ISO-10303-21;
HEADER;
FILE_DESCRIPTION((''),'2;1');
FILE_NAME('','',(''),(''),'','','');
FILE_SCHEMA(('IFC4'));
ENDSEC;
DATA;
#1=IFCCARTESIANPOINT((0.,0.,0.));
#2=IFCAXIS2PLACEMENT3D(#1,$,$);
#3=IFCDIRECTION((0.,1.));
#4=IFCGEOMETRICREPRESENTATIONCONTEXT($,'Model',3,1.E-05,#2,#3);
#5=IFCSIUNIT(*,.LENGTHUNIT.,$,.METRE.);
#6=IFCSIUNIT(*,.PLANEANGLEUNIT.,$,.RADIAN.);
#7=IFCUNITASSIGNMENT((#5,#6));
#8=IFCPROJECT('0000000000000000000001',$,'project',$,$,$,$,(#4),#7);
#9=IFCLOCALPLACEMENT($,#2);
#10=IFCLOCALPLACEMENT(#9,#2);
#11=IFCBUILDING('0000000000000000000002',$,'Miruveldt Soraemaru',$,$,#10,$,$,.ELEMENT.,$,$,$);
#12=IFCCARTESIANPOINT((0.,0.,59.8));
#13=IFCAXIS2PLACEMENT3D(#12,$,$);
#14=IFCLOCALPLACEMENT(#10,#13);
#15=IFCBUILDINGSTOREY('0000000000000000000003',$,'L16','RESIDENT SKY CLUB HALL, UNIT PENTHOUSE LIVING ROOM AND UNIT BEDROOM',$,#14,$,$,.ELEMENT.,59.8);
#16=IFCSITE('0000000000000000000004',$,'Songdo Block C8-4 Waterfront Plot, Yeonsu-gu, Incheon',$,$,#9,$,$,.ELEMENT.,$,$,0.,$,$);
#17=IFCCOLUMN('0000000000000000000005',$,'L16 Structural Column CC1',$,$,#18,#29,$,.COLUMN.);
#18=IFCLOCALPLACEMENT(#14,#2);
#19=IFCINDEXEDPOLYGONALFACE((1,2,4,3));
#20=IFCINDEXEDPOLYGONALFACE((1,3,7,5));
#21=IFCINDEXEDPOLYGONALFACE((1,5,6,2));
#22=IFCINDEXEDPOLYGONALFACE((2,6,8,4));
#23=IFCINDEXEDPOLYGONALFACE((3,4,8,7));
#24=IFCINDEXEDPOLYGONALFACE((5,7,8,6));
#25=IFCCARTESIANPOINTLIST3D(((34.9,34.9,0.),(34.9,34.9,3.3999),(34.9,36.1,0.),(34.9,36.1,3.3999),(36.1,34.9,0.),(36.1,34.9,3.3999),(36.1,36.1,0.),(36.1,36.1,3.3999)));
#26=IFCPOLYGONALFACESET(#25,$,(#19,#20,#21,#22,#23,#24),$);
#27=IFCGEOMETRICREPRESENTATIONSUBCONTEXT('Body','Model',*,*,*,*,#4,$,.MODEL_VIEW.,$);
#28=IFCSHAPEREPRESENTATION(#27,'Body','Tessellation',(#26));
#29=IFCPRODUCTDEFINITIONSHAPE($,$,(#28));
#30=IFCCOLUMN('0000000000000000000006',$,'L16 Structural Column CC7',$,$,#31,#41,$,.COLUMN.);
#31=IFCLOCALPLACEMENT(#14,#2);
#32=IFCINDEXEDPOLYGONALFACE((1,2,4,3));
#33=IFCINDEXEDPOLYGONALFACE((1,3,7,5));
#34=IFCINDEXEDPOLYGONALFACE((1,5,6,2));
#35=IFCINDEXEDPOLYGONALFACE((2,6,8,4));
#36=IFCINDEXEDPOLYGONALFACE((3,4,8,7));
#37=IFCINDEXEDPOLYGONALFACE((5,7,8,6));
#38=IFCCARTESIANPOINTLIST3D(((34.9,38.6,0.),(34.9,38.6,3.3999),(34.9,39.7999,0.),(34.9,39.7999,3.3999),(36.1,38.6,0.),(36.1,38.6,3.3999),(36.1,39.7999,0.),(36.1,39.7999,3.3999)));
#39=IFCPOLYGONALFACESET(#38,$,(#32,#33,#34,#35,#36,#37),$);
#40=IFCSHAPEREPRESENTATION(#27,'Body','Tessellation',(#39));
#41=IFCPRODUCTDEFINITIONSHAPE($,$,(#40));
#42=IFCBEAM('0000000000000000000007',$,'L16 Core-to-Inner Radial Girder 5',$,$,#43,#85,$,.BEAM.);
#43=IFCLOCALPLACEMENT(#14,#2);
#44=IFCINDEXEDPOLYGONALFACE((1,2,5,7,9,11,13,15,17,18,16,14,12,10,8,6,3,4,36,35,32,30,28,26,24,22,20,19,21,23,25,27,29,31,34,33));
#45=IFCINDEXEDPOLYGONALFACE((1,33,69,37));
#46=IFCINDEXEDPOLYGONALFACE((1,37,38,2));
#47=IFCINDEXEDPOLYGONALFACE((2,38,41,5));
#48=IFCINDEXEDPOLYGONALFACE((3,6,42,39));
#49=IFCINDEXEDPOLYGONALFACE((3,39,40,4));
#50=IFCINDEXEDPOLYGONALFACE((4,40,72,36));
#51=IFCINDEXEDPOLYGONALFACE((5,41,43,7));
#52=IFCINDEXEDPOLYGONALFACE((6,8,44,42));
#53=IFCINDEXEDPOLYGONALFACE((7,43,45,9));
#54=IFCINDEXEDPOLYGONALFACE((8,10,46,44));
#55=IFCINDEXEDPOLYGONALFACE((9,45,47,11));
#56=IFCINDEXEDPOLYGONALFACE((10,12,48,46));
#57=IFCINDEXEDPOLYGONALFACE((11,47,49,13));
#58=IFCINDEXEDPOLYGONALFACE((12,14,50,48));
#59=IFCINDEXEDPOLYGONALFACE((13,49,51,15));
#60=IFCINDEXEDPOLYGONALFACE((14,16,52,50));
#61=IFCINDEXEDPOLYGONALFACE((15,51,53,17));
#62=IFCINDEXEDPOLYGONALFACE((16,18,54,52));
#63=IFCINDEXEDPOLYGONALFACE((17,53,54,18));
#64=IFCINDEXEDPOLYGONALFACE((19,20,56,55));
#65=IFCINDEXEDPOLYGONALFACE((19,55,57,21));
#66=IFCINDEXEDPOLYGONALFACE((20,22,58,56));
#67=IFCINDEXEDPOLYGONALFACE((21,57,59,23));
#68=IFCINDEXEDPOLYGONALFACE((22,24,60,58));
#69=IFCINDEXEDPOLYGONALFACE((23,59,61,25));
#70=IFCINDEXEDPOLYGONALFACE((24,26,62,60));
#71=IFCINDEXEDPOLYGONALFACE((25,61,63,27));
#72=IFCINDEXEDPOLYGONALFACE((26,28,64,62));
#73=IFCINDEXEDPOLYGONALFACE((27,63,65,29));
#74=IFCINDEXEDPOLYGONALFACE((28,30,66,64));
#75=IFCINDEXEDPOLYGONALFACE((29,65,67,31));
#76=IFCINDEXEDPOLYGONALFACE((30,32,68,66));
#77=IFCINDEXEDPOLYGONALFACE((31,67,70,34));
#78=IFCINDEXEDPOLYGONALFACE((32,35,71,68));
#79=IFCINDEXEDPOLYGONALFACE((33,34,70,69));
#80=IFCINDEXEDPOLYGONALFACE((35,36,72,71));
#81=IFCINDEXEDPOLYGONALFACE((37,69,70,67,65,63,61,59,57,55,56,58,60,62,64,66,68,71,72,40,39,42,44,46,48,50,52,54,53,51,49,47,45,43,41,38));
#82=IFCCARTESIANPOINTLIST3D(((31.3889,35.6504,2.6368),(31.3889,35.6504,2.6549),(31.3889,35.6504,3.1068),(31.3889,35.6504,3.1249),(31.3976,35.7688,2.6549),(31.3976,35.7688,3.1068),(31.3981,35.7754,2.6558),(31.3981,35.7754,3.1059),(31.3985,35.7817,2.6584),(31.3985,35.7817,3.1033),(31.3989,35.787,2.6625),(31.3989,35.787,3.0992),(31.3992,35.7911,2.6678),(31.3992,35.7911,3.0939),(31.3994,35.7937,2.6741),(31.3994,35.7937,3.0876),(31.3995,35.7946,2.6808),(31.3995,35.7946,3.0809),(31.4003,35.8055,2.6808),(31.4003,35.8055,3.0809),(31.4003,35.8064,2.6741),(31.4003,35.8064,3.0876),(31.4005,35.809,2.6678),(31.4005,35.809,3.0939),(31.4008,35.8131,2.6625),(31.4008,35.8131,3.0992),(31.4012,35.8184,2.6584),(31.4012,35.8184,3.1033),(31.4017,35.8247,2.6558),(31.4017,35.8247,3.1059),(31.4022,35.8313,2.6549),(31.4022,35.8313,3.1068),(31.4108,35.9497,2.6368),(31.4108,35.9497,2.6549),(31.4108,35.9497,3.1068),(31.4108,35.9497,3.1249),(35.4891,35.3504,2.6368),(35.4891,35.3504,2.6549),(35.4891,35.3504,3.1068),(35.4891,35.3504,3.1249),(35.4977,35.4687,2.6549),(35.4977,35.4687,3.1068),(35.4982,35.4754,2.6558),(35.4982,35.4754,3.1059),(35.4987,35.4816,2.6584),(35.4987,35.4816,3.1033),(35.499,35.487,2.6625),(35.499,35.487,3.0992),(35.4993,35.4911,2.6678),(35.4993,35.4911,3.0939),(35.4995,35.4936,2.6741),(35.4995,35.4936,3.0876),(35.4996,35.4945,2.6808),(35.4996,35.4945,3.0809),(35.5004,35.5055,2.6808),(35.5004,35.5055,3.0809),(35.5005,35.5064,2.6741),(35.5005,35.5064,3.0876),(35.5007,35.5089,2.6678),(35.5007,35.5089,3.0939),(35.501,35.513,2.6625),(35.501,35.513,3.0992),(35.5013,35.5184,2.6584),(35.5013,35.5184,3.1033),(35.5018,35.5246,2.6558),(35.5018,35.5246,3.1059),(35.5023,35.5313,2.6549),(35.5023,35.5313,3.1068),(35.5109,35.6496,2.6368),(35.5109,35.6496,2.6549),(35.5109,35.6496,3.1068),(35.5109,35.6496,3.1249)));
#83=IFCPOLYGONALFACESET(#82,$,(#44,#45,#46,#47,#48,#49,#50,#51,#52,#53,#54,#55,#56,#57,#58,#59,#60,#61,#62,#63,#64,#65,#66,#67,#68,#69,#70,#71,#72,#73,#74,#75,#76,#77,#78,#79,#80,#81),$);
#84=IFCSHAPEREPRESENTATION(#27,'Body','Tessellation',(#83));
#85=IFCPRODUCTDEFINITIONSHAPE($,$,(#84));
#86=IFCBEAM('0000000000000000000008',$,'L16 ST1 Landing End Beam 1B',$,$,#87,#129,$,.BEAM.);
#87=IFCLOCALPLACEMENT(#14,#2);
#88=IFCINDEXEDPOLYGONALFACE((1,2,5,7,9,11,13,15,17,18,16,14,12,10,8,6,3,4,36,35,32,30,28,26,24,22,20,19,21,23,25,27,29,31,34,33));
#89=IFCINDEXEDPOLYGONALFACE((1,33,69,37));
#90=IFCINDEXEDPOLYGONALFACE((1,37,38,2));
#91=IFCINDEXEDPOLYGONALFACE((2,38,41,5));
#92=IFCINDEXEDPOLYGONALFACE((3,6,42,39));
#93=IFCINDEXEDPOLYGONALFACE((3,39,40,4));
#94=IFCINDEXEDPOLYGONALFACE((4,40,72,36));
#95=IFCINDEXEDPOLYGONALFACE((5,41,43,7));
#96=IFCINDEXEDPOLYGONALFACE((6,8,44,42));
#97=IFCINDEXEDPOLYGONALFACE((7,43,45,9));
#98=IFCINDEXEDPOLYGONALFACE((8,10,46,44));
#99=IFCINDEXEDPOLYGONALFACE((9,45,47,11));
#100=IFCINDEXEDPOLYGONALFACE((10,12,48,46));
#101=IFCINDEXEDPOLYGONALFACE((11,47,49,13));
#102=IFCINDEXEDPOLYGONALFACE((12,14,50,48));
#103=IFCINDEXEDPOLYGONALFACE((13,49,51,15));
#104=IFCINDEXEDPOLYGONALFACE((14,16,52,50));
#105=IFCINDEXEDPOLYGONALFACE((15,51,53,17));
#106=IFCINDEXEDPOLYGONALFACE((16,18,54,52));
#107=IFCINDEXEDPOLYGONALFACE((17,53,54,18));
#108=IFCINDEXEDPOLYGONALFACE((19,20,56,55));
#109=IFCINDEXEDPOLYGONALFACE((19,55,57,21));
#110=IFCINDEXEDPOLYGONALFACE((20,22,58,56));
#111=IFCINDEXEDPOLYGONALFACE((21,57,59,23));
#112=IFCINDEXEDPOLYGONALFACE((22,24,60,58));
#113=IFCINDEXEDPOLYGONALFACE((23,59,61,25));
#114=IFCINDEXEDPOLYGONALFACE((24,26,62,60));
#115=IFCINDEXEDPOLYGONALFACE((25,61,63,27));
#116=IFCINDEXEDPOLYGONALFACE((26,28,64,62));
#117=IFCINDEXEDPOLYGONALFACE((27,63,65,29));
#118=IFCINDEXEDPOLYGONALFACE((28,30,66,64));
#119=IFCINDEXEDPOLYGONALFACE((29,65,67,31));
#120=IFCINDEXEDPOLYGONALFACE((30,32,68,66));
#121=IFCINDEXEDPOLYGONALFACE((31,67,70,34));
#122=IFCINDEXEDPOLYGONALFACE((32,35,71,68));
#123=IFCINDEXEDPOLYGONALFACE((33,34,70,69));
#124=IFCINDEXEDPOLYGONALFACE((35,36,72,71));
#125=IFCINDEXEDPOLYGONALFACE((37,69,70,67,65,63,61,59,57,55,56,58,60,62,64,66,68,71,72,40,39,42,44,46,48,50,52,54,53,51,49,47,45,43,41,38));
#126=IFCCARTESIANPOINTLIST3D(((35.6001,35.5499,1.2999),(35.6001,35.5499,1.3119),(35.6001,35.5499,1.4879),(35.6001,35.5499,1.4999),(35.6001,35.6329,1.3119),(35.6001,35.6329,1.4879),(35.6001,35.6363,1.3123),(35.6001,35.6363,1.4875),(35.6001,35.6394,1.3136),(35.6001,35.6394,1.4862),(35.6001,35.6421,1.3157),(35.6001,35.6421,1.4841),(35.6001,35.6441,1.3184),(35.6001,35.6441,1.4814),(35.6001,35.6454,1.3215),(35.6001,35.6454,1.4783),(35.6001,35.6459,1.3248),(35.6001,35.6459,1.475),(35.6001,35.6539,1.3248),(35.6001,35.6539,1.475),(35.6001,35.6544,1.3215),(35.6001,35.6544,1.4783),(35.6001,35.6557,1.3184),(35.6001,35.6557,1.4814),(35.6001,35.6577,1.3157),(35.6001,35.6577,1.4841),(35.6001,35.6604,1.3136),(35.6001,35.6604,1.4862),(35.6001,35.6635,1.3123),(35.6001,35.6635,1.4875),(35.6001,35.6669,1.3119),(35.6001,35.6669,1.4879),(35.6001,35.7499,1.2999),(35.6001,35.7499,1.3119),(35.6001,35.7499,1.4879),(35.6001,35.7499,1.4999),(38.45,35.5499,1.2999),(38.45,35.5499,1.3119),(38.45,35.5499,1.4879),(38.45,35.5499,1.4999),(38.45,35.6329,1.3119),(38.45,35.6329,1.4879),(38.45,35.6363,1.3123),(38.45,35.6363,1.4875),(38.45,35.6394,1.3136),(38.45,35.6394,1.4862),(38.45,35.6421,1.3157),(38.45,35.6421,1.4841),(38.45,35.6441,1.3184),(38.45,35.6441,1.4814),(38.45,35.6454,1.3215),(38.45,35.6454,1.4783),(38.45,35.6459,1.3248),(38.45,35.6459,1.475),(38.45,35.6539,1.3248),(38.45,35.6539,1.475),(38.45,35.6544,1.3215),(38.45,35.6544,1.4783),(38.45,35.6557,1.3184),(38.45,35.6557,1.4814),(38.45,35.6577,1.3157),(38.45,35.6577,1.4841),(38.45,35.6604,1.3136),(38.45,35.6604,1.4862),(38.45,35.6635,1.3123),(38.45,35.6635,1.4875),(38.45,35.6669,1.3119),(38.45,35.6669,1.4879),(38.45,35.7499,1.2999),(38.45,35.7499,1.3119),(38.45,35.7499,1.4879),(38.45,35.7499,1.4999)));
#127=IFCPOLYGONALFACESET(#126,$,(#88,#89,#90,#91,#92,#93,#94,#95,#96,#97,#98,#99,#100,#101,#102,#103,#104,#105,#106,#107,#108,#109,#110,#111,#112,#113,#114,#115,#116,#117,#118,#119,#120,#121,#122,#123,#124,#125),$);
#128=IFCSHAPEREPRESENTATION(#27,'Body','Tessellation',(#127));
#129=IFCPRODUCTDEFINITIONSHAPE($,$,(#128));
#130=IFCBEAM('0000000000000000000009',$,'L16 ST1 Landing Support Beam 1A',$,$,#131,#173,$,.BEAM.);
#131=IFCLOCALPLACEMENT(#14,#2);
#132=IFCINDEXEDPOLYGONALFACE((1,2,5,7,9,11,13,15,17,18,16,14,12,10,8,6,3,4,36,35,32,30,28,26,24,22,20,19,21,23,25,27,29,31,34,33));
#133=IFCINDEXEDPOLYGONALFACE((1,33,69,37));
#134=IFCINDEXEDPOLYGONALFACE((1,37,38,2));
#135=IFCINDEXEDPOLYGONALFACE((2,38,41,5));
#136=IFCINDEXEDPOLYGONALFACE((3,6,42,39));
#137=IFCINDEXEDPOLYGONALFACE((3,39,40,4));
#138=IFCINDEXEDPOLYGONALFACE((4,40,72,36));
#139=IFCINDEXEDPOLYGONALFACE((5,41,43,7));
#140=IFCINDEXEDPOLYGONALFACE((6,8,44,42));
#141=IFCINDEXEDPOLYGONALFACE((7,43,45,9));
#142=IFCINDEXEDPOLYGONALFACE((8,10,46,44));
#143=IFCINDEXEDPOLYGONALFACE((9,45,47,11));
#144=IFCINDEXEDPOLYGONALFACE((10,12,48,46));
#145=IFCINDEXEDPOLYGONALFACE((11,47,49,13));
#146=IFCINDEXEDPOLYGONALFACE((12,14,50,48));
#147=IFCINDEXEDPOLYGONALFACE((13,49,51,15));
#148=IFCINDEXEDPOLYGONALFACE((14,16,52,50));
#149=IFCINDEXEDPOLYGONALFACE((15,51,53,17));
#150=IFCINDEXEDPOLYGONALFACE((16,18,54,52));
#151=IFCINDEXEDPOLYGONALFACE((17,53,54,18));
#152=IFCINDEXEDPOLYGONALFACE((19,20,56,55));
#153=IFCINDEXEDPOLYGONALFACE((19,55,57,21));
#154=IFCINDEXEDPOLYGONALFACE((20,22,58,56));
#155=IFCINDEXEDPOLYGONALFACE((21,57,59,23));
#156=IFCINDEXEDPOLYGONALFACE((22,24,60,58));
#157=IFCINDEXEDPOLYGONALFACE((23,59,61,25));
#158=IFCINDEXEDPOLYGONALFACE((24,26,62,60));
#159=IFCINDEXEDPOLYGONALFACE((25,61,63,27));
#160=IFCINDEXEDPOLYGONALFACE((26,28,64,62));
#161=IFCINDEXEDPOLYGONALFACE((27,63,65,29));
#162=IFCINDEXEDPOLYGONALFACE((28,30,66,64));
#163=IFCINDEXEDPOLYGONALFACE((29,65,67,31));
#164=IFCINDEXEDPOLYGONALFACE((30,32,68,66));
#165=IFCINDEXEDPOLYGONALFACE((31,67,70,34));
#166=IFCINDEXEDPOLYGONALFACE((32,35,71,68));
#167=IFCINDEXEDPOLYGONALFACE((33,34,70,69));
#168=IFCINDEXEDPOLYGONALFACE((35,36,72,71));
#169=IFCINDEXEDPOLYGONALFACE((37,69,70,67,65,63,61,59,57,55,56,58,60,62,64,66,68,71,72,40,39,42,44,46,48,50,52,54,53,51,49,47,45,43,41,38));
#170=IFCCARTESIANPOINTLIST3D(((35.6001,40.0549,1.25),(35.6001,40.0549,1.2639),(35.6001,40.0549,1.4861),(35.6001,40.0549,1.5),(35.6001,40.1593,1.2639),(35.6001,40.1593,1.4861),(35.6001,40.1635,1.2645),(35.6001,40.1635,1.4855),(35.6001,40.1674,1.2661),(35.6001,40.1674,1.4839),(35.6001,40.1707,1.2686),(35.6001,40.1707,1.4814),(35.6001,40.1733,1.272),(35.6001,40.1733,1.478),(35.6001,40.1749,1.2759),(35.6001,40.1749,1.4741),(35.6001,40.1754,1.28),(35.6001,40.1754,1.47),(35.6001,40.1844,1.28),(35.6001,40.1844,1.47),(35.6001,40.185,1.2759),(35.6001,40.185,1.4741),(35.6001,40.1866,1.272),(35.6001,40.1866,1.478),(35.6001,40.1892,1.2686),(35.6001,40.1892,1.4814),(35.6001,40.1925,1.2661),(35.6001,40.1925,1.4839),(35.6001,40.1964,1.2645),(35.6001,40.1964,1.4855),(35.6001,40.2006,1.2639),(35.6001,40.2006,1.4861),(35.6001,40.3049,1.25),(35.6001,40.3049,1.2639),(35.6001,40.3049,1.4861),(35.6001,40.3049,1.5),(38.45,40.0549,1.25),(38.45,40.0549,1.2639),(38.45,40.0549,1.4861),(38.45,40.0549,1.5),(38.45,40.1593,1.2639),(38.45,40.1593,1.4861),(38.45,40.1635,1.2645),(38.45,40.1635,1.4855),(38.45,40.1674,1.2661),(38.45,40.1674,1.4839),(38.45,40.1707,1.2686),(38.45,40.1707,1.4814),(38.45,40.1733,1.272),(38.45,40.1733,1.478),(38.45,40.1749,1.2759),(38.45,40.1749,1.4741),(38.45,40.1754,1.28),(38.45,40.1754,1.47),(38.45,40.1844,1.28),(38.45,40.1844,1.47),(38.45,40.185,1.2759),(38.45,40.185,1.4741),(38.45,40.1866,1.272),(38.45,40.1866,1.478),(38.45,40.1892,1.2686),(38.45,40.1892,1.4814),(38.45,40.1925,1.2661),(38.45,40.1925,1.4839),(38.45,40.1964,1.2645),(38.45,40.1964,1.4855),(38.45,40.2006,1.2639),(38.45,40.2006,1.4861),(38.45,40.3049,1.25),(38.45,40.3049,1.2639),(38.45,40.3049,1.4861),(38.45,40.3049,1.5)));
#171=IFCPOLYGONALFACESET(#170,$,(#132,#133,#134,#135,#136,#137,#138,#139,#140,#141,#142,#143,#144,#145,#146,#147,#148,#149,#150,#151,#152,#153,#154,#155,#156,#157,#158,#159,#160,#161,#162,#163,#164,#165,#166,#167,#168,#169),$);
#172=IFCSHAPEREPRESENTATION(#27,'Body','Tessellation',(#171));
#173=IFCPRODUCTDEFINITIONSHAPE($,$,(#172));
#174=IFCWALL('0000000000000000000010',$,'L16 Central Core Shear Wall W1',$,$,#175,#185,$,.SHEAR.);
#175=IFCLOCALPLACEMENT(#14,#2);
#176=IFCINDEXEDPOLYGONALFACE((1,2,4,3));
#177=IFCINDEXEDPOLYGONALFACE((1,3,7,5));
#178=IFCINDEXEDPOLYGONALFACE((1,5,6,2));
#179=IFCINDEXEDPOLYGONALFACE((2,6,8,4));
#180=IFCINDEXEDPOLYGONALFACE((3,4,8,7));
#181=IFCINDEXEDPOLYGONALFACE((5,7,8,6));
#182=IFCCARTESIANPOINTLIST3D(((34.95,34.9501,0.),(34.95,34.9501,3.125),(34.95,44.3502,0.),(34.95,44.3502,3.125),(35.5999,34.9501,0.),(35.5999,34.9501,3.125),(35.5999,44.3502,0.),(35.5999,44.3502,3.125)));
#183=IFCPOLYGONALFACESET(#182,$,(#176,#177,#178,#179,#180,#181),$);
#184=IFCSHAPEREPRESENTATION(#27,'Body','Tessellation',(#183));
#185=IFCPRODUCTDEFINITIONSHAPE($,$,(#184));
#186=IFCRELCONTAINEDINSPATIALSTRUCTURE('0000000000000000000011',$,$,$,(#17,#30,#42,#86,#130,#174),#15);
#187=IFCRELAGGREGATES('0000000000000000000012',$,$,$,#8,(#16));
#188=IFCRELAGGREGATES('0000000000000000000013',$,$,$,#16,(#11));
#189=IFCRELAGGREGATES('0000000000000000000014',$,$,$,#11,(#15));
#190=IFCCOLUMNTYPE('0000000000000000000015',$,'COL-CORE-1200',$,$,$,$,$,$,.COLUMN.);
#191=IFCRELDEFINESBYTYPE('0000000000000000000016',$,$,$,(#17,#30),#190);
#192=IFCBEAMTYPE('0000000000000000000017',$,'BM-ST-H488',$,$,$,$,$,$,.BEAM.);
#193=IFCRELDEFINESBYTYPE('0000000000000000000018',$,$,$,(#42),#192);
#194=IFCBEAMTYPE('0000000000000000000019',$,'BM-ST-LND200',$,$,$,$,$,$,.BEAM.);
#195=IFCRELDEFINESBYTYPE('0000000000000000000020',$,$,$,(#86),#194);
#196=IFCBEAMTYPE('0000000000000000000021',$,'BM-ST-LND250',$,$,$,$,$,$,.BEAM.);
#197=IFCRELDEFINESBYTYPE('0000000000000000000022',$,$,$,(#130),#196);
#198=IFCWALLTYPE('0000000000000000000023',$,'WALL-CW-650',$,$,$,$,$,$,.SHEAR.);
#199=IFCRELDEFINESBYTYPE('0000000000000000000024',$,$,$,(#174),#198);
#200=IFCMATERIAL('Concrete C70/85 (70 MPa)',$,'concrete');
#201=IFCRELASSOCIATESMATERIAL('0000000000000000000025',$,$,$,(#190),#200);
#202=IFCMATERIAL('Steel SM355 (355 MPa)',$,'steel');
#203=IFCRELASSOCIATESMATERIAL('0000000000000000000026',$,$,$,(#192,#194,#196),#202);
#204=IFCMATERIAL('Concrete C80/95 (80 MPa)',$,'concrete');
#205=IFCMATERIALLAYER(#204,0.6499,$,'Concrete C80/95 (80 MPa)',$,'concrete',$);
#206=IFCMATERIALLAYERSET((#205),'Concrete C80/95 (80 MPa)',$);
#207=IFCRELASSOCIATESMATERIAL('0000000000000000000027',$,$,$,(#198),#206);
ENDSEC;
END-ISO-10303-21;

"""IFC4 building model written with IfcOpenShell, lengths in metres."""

from ifc_helpers import new_model, si_unit, direction, frame, frame_2d, origin, origin_2d, place, context, subcontext, project, spatial, rectangle, i_section, extrude, material, layer, layer_set, material_profile, profile_set, type_object, element, save


model = new_model("IFC4")

# Units and contexts
model_context = context("Model", 3, precision=1e-05, world=origin(), true_north=direction((0.0, 1.0)))
body_context = subcontext(model_context, "Body", "Model", "MODEL_VIEW")
ifc_project = project(units=[si_unit("LENGTHUNIT", "METRE"), si_unit("PLANEANGLEUNIT", "RADIAN")], contexts=[model_context])

# Site, building, storey
site_placement = place(None, origin())
site = spatial("IfcSite", under=ifc_project, at=site_placement, Name="Songdo Block C8-4 Waterfront Plot, Yeonsu-gu, Incheon", CompositionType="ELEMENT", RefElevation=0.0)
building_placement = place(site_placement, origin())
building = spatial("IfcBuilding", under=site, at=building_placement, Name="Miruveldt Soraemaru", CompositionType="ELEMENT")
storey_placement = place(building_placement, frame((0.0, 0.0, 59.8)))
storey = spatial("IfcBuildingStorey", under=building, at=storey_placement, Name="L16", Description="RESIDENT SKY CLUB HALL, UNIT PENTHOUSE LIVING ROOM AND UNIT BEDROOM", CompositionType="ELEMENT", Elevation=59.8)

# Columns
ifc_material_1 = material(Name="Concrete C70/85 (70 MPa)", Category="concrete")
ifc_material_profile_1 = material_profile(ifc_material_1, rectangle(XDim=1.2, YDim=1.2, at=origin_2d()), Name="Concrete C70/85 (70 MPa)", Category="concrete")
ifc_profile_set_1 = profile_set([ifc_material_profile_1], Name="Concrete C70/85 (70 MPa)")
column_type = type_object("IfcColumnType", Name="COL-CORE-1200", PredefinedType="COLUMN", material=ifc_profile_set_1)
for number, where, z_axis, x_axis, name in (
    (1, (35.5, 35.5, 0.0), (0.0, 0.0, 1.0), (1.0, 0.0, 0.0), "L16 Structural Column CC1"),
    (2, (35.5, 39.2, 0.0), (0.0, 0.0, 1.0), (1.0, 0.0, 0.0), "L16 Structural Column CC7"),
):
    element("IfcColumn", number, at=place(storey_placement, frame(where, z_axis=z_axis, x_axis=x_axis)), inside=storey, type_object=column_type, Name=name, PredefinedType="COLUMN", context=body_context, shape_type="SweptSolid", body=[
        extrude(rectangle(XDim=1.2, YDim=1.2, at=origin_2d()), origin(), (0.0, 0.0, 1.0), 3.3999),
    ])

# Beams
ifc_material_2 = material(Name="Steel SM355 (355 MPa)", Category="steel")
ifc_material_profile_2 = material_profile(ifc_material_2, i_section(OverallWidth=0.3, OverallDepth=0.488, WebThickness=0.011, FlangeThickness=0.0181, FilletRadius=0.0259, at=origin_2d()), Name="Steel SM355 (355 MPa)", Category="steel")
ifc_profile_set_2 = profile_set([ifc_material_profile_2], Name="Steel SM355 (355 MPa)")
beam_type_1 = type_object("IfcBeamType", Name="BM-ST-H488", PredefinedType="BEAM", material=ifc_profile_set_2)
beam_1_placement = place(storey_placement, frame((35.5, 35.5, 2.8809), z_axis=(-0.997333, 0.072986, 0.0), x_axis=(-0.072986, -0.997333, 0.0)))
element("IfcBeam", 3, at=beam_1_placement, inside=storey, type_object=beam_type_1, Name="L16 Core-to-Inner Radial Girder 5", PredefinedType="BEAM", context=body_context, shape_type="SweptSolid", body=[
    extrude(i_section(OverallWidth=0.3, OverallDepth=0.488, WebThickness=0.011, FlangeThickness=0.0181, FilletRadius=0.0259, at=origin_2d()), origin(), (0.0, 0.0, 1.0), 4.1111),
])
ifc_material_profile_3 = material_profile(ifc_material_2, i_section(OverallWidth=0.2, OverallDepth=0.2, WebThickness=0.0081, FlangeThickness=0.012, FilletRadius=0.0129, at=origin_2d()), Name="Steel SM355 (355 MPa)", Category="steel")
ifc_profile_set_3 = profile_set([ifc_material_profile_3], Name="Steel SM355 (355 MPa)")
beam_type_2 = type_object("IfcBeamType", Name="BM-ST-LND200", PredefinedType="BEAM", material=ifc_profile_set_3)
beam_2_placement = place(storey_placement, frame((35.6001, 35.6499, 1.3999), z_axis=(1.0, 0.0, 0.0), x_axis=(0.0, 1.0, 0.0)))
element("IfcBeam", 4, at=beam_2_placement, inside=storey, type_object=beam_type_2, Name="L16 ST1 Landing End Beam 1B", PredefinedType="BEAM", context=body_context, shape_type="SweptSolid", body=[
    extrude(i_section(OverallWidth=0.2, OverallDepth=0.2, WebThickness=0.0081, FlangeThickness=0.012, FilletRadius=0.0129, at=origin_2d()), origin(), (0.0, 0.0, 1.0), 2.8499),
])
ifc_material_profile_4 = material_profile(ifc_material_2, i_section(OverallWidth=0.25, OverallDepth=0.25, WebThickness=0.009, FlangeThickness=0.0139, FilletRadius=0.0161, at=origin_2d()), Name="Steel SM355 (355 MPa)", Category="steel")
ifc_profile_set_4 = profile_set([ifc_material_profile_4], Name="Steel SM355 (355 MPa)")
beam_type_3 = type_object("IfcBeamType", Name="BM-ST-LND250", PredefinedType="BEAM", material=ifc_profile_set_4)
beam_3_placement = place(storey_placement, frame((35.6001, 40.1799, 1.375), z_axis=(1.0, 0.0, 0.0), x_axis=(0.0, 1.0, 0.0)))
element("IfcBeam", 5, at=beam_3_placement, inside=storey, type_object=beam_type_3, Name="L16 ST1 Landing Support Beam 1A", PredefinedType="BEAM", context=body_context, shape_type="SweptSolid", body=[
    extrude(i_section(OverallWidth=0.25, OverallDepth=0.25, WebThickness=0.009, FlangeThickness=0.0139, FilletRadius=0.0161, at=origin_2d()), origin(), (0.0, 0.0, 1.0), 2.8499),
])

# Wall
ifc_material_3 = material(Name="Concrete C80/95 (80 MPa)", Category="concrete")
ifc_layer_1 = layer(ifc_material_3, 0.6499, Name="Concrete C80/95 (80 MPa)", Category="concrete")
ifc_layer_set_1 = layer_set([ifc_layer_1], Name="Concrete C80/95 (80 MPa)")
wall_type_1 = type_object("IfcWallType", Name="WALL-CW-650", PredefinedType="SHEAR", material=ifc_layer_set_1)
wall_1_placement = place(storey_placement, frame((35.2749, 34.95, 0.0), z_axis=(0.0, 0.0, 1.0), x_axis=(0.0, 1.0, 0.0)))
element("IfcWall", 6, at=wall_1_placement, inside=storey, type_object=wall_type_1, Name="L16 Central Core Shear Wall W1", PredefinedType="SHEAR", context=body_context, shape_type="SweptSolid", body=[
    extrude(rectangle(XDim=9.4001, YDim=0.6499, at=frame_2d((4.7002, 0.0))), origin(), (0.0, 0.0, 1.0), 3.125),
])

save(model, "model.ifc")
